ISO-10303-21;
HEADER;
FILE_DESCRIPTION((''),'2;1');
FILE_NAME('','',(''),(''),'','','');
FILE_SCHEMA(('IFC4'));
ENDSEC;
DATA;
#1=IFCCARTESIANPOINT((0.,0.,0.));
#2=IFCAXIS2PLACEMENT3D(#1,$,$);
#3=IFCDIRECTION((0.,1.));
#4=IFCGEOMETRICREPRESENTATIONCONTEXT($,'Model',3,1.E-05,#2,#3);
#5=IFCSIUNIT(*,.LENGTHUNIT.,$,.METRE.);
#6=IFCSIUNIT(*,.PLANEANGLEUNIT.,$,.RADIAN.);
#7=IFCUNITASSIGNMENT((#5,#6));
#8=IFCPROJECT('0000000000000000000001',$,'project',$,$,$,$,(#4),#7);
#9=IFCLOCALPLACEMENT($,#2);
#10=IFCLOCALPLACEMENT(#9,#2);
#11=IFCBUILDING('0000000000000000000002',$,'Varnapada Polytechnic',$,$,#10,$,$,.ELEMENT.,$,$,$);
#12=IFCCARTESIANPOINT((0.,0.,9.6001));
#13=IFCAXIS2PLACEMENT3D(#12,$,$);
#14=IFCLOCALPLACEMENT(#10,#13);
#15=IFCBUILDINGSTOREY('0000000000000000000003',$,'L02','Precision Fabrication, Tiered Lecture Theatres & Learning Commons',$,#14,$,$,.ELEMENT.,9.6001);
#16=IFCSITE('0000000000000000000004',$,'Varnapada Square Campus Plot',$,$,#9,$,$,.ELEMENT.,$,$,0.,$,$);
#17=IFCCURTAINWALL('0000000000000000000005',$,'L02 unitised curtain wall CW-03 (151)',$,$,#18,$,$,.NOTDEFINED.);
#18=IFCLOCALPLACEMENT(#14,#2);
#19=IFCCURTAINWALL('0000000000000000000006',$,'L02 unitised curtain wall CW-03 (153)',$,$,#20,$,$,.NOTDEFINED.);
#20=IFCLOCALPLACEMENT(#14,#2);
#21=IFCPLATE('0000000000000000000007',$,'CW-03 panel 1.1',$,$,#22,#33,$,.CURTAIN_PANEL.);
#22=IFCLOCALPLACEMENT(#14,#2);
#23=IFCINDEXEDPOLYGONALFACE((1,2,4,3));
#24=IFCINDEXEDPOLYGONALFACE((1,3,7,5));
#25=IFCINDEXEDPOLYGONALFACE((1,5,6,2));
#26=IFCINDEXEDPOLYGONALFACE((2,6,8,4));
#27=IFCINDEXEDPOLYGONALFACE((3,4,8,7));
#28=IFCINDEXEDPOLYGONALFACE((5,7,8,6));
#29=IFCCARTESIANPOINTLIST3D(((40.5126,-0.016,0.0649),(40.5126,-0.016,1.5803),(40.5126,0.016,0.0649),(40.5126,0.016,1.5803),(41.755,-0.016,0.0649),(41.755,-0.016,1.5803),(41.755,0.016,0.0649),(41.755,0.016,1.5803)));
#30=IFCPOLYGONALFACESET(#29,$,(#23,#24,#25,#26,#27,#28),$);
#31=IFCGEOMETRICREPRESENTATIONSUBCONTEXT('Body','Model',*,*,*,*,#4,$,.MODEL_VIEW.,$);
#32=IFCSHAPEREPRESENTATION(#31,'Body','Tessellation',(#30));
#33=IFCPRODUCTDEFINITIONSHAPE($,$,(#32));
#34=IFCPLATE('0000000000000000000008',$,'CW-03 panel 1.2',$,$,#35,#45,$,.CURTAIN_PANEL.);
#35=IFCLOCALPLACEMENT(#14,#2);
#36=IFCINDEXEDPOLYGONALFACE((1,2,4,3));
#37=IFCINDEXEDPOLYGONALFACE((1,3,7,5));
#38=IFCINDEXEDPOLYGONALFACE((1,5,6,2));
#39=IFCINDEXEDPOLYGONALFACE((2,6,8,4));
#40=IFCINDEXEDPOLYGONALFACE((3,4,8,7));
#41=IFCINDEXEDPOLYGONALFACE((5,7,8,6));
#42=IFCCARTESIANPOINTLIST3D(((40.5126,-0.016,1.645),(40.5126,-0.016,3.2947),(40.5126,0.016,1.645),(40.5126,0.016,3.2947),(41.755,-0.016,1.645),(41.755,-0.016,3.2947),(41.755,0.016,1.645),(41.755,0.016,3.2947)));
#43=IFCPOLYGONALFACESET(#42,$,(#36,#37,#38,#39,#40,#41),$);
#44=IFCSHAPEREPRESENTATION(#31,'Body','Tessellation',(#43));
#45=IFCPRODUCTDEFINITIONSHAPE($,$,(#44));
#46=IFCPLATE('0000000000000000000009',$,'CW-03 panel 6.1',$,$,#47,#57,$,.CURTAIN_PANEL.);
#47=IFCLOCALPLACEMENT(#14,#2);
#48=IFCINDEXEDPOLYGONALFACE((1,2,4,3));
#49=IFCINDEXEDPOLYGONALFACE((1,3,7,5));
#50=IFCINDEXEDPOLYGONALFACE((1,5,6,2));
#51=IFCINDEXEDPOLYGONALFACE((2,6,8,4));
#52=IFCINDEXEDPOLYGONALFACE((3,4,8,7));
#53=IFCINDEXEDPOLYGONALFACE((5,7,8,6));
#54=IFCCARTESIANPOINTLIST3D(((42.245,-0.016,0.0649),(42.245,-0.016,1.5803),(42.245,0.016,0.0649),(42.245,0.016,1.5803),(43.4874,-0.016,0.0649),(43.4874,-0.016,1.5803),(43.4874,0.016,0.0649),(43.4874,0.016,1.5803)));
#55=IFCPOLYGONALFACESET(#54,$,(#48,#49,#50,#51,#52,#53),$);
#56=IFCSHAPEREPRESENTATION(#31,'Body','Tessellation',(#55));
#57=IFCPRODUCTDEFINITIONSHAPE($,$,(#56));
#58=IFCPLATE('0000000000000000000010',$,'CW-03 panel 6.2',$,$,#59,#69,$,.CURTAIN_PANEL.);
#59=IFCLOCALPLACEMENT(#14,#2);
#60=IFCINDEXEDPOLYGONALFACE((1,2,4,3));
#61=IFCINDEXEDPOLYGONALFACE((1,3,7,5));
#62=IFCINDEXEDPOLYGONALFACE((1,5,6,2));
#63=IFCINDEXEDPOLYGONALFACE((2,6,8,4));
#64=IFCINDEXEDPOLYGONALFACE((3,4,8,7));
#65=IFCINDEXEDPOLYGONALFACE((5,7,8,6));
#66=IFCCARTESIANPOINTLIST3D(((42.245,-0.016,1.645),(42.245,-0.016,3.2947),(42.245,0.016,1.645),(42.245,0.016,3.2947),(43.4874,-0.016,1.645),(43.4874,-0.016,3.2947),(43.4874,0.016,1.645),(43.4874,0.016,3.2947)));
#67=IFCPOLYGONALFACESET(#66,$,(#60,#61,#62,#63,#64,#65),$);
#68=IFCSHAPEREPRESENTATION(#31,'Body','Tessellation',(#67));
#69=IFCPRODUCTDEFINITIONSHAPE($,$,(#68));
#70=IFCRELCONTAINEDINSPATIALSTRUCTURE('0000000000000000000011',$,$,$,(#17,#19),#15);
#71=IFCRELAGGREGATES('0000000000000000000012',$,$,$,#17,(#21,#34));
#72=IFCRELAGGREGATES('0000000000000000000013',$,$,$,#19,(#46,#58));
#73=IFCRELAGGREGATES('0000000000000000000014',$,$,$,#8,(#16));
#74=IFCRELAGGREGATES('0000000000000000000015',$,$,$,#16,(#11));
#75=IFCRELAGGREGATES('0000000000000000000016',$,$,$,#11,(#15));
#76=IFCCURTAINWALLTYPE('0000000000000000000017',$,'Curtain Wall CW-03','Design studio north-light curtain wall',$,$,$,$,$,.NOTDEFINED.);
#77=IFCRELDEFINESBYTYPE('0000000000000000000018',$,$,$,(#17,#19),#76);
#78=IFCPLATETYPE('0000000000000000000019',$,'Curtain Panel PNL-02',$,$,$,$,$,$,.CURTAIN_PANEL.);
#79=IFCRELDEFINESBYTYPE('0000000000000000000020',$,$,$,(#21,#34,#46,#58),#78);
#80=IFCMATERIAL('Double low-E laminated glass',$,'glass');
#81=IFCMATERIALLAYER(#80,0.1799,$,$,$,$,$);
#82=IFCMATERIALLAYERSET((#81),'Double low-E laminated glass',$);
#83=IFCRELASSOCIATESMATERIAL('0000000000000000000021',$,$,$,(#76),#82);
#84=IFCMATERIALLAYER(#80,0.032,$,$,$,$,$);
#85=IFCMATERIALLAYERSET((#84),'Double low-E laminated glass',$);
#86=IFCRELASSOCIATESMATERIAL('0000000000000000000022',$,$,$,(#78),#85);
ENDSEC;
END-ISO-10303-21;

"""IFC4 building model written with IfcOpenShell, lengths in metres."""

from ifc_helpers import new_model, si_unit, direction, frame, origin, origin_2d, place, context, subcontext, project, spatial, rectangle, extrude, material, layer, layer_set, type_object, element, aggregate, save


model = new_model("IFC4")

# Units and contexts
model_context = context("Model", 3, precision=1e-05, world=origin(), true_north=direction((0.0, 1.0)))
body_context = subcontext(model_context, "Body", "Model", "MODEL_VIEW")
ifc_project = project(units=[si_unit("LENGTHUNIT", "METRE"), si_unit("PLANEANGLEUNIT", "RADIAN")], contexts=[model_context])

# Site, building, storey
site_placement = place(None, origin())
site = spatial("IfcSite", under=ifc_project, at=site_placement, Name="Varnapada Square Campus Plot", CompositionType="ELEMENT", RefElevation=0.0)
building_placement = place(site_placement, origin())
building = spatial("IfcBuilding", under=site, at=building_placement, Name="Varnapada Polytechnic", CompositionType="ELEMENT")
storey_placement = place(building_placement, frame((0.0, 0.0, 9.6001)))
storey = spatial("IfcBuildingStorey", under=building, at=storey_placement, Name="L02", Description="Precision Fabrication, Tiered Lecture Theatres & Learning Commons", CompositionType="ELEMENT", Elevation=9.6001)

# Curtain wall
ifc_material_1 = material(Name="Double low-E laminated glass", Category="glass")
ifc_layer_1 = layer(ifc_material_1, 0.1799)
ifc_layer_set_1 = layer_set([ifc_layer_1], Name="Double low-E laminated glass")
curtain_wall_type = type_object("IfcCurtainWallType", Name="Curtain Wall CW-03", Description="Design studio north-light curtain wall", PredefinedType="NOTDEFINED", material=ifc_layer_set_1)
curtain_wall_1_placement = place(storey_placement, origin())
curtain_wall_1 = element("IfcCurtainWall", 1, at=curtain_wall_1_placement, inside=storey, type_object=curtain_wall_type, Name="L02 unitised curtain wall CW-03 (151)", PredefinedType="NOTDEFINED")

# Curtain wall
curtain_wall_2_placement = place(storey_placement, origin())
curtain_wall_2 = element("IfcCurtainWall", 2, at=curtain_wall_2_placement, inside=storey, type_object=curtain_wall_type, Name="L02 unitised curtain wall CW-03 (153)", PredefinedType="NOTDEFINED")

# Plates
ifc_layer_2 = layer(ifc_material_1, 0.032)
ifc_layer_set_2 = layer_set([ifc_layer_2], Name="Double low-E laminated glass")
plate_type = type_object("IfcPlateType", Name="Curtain Panel PNL-02", PredefinedType="CURTAIN_PANEL", material=ifc_layer_set_2)
plate_1_placement = place(storey_placement, frame((41.1338, 0.0, 0.0649), z_axis=(0.0, 0.0, 1.0), x_axis=(-1.0, 0.0, 0.0)))
plate_1 = element("IfcPlate", 3, at=plate_1_placement, type_object=plate_type, Name="CW-03 panel 1.1", PredefinedType="CURTAIN_PANEL", context=body_context, shape_type="SweptSolid", body=[
    extrude(rectangle(XDim=1.2424, YDim=0.032, at=origin_2d()), origin(), (0.0, 0.0, 1.0), 1.5154),
])
plate_2_placement = place(storey_placement, frame((41.1338, 0.0, 1.645), z_axis=(0.0, 0.0, 1.0), x_axis=(-1.0, 0.0, 0.0)))
plate_2 = element("IfcPlate", 4, at=plate_2_placement, type_object=plate_type, Name="CW-03 panel 1.2", PredefinedType="CURTAIN_PANEL", context=body_context, shape_type="SweptSolid", body=[
    extrude(rectangle(XDim=1.2424, YDim=0.032, at=origin_2d()), origin(), (0.0, 0.0, 1.0), 1.6497),
])
aggregate(curtain_wall_1, [plate_1, plate_2])
plate_3_placement = place(storey_placement, frame((42.8662, 0.0, 0.0649), z_axis=(0.0, 0.0, 1.0), x_axis=(-1.0, 0.0, 0.0)))
plate_3 = element("IfcPlate", 5, at=plate_3_placement, type_object=plate_type, Name="CW-03 panel 6.1", PredefinedType="CURTAIN_PANEL", context=body_context, shape_type="SweptSolid", body=[
    extrude(rectangle(XDim=1.2424, YDim=0.032, at=origin_2d()), origin(), (0.0, 0.0, 1.0), 1.5154),
])
plate_4_placement = place(storey_placement, frame((42.8662, 0.0, 1.645), z_axis=(0.0, 0.0, 1.0), x_axis=(-1.0, 0.0, 0.0)))
plate_4 = element("IfcPlate", 6, at=plate_4_placement, type_object=plate_type, Name="CW-03 panel 6.2", PredefinedType="CURTAIN_PANEL", context=body_context, shape_type="SweptSolid", body=[
    extrude(rectangle(XDim=1.2424, YDim=0.032, at=origin_2d()), origin(), (0.0, 0.0, 1.0), 1.6497),
])
aggregate(curtain_wall_2, [plate_3, plate_4])

save(model, "model.ifc")
